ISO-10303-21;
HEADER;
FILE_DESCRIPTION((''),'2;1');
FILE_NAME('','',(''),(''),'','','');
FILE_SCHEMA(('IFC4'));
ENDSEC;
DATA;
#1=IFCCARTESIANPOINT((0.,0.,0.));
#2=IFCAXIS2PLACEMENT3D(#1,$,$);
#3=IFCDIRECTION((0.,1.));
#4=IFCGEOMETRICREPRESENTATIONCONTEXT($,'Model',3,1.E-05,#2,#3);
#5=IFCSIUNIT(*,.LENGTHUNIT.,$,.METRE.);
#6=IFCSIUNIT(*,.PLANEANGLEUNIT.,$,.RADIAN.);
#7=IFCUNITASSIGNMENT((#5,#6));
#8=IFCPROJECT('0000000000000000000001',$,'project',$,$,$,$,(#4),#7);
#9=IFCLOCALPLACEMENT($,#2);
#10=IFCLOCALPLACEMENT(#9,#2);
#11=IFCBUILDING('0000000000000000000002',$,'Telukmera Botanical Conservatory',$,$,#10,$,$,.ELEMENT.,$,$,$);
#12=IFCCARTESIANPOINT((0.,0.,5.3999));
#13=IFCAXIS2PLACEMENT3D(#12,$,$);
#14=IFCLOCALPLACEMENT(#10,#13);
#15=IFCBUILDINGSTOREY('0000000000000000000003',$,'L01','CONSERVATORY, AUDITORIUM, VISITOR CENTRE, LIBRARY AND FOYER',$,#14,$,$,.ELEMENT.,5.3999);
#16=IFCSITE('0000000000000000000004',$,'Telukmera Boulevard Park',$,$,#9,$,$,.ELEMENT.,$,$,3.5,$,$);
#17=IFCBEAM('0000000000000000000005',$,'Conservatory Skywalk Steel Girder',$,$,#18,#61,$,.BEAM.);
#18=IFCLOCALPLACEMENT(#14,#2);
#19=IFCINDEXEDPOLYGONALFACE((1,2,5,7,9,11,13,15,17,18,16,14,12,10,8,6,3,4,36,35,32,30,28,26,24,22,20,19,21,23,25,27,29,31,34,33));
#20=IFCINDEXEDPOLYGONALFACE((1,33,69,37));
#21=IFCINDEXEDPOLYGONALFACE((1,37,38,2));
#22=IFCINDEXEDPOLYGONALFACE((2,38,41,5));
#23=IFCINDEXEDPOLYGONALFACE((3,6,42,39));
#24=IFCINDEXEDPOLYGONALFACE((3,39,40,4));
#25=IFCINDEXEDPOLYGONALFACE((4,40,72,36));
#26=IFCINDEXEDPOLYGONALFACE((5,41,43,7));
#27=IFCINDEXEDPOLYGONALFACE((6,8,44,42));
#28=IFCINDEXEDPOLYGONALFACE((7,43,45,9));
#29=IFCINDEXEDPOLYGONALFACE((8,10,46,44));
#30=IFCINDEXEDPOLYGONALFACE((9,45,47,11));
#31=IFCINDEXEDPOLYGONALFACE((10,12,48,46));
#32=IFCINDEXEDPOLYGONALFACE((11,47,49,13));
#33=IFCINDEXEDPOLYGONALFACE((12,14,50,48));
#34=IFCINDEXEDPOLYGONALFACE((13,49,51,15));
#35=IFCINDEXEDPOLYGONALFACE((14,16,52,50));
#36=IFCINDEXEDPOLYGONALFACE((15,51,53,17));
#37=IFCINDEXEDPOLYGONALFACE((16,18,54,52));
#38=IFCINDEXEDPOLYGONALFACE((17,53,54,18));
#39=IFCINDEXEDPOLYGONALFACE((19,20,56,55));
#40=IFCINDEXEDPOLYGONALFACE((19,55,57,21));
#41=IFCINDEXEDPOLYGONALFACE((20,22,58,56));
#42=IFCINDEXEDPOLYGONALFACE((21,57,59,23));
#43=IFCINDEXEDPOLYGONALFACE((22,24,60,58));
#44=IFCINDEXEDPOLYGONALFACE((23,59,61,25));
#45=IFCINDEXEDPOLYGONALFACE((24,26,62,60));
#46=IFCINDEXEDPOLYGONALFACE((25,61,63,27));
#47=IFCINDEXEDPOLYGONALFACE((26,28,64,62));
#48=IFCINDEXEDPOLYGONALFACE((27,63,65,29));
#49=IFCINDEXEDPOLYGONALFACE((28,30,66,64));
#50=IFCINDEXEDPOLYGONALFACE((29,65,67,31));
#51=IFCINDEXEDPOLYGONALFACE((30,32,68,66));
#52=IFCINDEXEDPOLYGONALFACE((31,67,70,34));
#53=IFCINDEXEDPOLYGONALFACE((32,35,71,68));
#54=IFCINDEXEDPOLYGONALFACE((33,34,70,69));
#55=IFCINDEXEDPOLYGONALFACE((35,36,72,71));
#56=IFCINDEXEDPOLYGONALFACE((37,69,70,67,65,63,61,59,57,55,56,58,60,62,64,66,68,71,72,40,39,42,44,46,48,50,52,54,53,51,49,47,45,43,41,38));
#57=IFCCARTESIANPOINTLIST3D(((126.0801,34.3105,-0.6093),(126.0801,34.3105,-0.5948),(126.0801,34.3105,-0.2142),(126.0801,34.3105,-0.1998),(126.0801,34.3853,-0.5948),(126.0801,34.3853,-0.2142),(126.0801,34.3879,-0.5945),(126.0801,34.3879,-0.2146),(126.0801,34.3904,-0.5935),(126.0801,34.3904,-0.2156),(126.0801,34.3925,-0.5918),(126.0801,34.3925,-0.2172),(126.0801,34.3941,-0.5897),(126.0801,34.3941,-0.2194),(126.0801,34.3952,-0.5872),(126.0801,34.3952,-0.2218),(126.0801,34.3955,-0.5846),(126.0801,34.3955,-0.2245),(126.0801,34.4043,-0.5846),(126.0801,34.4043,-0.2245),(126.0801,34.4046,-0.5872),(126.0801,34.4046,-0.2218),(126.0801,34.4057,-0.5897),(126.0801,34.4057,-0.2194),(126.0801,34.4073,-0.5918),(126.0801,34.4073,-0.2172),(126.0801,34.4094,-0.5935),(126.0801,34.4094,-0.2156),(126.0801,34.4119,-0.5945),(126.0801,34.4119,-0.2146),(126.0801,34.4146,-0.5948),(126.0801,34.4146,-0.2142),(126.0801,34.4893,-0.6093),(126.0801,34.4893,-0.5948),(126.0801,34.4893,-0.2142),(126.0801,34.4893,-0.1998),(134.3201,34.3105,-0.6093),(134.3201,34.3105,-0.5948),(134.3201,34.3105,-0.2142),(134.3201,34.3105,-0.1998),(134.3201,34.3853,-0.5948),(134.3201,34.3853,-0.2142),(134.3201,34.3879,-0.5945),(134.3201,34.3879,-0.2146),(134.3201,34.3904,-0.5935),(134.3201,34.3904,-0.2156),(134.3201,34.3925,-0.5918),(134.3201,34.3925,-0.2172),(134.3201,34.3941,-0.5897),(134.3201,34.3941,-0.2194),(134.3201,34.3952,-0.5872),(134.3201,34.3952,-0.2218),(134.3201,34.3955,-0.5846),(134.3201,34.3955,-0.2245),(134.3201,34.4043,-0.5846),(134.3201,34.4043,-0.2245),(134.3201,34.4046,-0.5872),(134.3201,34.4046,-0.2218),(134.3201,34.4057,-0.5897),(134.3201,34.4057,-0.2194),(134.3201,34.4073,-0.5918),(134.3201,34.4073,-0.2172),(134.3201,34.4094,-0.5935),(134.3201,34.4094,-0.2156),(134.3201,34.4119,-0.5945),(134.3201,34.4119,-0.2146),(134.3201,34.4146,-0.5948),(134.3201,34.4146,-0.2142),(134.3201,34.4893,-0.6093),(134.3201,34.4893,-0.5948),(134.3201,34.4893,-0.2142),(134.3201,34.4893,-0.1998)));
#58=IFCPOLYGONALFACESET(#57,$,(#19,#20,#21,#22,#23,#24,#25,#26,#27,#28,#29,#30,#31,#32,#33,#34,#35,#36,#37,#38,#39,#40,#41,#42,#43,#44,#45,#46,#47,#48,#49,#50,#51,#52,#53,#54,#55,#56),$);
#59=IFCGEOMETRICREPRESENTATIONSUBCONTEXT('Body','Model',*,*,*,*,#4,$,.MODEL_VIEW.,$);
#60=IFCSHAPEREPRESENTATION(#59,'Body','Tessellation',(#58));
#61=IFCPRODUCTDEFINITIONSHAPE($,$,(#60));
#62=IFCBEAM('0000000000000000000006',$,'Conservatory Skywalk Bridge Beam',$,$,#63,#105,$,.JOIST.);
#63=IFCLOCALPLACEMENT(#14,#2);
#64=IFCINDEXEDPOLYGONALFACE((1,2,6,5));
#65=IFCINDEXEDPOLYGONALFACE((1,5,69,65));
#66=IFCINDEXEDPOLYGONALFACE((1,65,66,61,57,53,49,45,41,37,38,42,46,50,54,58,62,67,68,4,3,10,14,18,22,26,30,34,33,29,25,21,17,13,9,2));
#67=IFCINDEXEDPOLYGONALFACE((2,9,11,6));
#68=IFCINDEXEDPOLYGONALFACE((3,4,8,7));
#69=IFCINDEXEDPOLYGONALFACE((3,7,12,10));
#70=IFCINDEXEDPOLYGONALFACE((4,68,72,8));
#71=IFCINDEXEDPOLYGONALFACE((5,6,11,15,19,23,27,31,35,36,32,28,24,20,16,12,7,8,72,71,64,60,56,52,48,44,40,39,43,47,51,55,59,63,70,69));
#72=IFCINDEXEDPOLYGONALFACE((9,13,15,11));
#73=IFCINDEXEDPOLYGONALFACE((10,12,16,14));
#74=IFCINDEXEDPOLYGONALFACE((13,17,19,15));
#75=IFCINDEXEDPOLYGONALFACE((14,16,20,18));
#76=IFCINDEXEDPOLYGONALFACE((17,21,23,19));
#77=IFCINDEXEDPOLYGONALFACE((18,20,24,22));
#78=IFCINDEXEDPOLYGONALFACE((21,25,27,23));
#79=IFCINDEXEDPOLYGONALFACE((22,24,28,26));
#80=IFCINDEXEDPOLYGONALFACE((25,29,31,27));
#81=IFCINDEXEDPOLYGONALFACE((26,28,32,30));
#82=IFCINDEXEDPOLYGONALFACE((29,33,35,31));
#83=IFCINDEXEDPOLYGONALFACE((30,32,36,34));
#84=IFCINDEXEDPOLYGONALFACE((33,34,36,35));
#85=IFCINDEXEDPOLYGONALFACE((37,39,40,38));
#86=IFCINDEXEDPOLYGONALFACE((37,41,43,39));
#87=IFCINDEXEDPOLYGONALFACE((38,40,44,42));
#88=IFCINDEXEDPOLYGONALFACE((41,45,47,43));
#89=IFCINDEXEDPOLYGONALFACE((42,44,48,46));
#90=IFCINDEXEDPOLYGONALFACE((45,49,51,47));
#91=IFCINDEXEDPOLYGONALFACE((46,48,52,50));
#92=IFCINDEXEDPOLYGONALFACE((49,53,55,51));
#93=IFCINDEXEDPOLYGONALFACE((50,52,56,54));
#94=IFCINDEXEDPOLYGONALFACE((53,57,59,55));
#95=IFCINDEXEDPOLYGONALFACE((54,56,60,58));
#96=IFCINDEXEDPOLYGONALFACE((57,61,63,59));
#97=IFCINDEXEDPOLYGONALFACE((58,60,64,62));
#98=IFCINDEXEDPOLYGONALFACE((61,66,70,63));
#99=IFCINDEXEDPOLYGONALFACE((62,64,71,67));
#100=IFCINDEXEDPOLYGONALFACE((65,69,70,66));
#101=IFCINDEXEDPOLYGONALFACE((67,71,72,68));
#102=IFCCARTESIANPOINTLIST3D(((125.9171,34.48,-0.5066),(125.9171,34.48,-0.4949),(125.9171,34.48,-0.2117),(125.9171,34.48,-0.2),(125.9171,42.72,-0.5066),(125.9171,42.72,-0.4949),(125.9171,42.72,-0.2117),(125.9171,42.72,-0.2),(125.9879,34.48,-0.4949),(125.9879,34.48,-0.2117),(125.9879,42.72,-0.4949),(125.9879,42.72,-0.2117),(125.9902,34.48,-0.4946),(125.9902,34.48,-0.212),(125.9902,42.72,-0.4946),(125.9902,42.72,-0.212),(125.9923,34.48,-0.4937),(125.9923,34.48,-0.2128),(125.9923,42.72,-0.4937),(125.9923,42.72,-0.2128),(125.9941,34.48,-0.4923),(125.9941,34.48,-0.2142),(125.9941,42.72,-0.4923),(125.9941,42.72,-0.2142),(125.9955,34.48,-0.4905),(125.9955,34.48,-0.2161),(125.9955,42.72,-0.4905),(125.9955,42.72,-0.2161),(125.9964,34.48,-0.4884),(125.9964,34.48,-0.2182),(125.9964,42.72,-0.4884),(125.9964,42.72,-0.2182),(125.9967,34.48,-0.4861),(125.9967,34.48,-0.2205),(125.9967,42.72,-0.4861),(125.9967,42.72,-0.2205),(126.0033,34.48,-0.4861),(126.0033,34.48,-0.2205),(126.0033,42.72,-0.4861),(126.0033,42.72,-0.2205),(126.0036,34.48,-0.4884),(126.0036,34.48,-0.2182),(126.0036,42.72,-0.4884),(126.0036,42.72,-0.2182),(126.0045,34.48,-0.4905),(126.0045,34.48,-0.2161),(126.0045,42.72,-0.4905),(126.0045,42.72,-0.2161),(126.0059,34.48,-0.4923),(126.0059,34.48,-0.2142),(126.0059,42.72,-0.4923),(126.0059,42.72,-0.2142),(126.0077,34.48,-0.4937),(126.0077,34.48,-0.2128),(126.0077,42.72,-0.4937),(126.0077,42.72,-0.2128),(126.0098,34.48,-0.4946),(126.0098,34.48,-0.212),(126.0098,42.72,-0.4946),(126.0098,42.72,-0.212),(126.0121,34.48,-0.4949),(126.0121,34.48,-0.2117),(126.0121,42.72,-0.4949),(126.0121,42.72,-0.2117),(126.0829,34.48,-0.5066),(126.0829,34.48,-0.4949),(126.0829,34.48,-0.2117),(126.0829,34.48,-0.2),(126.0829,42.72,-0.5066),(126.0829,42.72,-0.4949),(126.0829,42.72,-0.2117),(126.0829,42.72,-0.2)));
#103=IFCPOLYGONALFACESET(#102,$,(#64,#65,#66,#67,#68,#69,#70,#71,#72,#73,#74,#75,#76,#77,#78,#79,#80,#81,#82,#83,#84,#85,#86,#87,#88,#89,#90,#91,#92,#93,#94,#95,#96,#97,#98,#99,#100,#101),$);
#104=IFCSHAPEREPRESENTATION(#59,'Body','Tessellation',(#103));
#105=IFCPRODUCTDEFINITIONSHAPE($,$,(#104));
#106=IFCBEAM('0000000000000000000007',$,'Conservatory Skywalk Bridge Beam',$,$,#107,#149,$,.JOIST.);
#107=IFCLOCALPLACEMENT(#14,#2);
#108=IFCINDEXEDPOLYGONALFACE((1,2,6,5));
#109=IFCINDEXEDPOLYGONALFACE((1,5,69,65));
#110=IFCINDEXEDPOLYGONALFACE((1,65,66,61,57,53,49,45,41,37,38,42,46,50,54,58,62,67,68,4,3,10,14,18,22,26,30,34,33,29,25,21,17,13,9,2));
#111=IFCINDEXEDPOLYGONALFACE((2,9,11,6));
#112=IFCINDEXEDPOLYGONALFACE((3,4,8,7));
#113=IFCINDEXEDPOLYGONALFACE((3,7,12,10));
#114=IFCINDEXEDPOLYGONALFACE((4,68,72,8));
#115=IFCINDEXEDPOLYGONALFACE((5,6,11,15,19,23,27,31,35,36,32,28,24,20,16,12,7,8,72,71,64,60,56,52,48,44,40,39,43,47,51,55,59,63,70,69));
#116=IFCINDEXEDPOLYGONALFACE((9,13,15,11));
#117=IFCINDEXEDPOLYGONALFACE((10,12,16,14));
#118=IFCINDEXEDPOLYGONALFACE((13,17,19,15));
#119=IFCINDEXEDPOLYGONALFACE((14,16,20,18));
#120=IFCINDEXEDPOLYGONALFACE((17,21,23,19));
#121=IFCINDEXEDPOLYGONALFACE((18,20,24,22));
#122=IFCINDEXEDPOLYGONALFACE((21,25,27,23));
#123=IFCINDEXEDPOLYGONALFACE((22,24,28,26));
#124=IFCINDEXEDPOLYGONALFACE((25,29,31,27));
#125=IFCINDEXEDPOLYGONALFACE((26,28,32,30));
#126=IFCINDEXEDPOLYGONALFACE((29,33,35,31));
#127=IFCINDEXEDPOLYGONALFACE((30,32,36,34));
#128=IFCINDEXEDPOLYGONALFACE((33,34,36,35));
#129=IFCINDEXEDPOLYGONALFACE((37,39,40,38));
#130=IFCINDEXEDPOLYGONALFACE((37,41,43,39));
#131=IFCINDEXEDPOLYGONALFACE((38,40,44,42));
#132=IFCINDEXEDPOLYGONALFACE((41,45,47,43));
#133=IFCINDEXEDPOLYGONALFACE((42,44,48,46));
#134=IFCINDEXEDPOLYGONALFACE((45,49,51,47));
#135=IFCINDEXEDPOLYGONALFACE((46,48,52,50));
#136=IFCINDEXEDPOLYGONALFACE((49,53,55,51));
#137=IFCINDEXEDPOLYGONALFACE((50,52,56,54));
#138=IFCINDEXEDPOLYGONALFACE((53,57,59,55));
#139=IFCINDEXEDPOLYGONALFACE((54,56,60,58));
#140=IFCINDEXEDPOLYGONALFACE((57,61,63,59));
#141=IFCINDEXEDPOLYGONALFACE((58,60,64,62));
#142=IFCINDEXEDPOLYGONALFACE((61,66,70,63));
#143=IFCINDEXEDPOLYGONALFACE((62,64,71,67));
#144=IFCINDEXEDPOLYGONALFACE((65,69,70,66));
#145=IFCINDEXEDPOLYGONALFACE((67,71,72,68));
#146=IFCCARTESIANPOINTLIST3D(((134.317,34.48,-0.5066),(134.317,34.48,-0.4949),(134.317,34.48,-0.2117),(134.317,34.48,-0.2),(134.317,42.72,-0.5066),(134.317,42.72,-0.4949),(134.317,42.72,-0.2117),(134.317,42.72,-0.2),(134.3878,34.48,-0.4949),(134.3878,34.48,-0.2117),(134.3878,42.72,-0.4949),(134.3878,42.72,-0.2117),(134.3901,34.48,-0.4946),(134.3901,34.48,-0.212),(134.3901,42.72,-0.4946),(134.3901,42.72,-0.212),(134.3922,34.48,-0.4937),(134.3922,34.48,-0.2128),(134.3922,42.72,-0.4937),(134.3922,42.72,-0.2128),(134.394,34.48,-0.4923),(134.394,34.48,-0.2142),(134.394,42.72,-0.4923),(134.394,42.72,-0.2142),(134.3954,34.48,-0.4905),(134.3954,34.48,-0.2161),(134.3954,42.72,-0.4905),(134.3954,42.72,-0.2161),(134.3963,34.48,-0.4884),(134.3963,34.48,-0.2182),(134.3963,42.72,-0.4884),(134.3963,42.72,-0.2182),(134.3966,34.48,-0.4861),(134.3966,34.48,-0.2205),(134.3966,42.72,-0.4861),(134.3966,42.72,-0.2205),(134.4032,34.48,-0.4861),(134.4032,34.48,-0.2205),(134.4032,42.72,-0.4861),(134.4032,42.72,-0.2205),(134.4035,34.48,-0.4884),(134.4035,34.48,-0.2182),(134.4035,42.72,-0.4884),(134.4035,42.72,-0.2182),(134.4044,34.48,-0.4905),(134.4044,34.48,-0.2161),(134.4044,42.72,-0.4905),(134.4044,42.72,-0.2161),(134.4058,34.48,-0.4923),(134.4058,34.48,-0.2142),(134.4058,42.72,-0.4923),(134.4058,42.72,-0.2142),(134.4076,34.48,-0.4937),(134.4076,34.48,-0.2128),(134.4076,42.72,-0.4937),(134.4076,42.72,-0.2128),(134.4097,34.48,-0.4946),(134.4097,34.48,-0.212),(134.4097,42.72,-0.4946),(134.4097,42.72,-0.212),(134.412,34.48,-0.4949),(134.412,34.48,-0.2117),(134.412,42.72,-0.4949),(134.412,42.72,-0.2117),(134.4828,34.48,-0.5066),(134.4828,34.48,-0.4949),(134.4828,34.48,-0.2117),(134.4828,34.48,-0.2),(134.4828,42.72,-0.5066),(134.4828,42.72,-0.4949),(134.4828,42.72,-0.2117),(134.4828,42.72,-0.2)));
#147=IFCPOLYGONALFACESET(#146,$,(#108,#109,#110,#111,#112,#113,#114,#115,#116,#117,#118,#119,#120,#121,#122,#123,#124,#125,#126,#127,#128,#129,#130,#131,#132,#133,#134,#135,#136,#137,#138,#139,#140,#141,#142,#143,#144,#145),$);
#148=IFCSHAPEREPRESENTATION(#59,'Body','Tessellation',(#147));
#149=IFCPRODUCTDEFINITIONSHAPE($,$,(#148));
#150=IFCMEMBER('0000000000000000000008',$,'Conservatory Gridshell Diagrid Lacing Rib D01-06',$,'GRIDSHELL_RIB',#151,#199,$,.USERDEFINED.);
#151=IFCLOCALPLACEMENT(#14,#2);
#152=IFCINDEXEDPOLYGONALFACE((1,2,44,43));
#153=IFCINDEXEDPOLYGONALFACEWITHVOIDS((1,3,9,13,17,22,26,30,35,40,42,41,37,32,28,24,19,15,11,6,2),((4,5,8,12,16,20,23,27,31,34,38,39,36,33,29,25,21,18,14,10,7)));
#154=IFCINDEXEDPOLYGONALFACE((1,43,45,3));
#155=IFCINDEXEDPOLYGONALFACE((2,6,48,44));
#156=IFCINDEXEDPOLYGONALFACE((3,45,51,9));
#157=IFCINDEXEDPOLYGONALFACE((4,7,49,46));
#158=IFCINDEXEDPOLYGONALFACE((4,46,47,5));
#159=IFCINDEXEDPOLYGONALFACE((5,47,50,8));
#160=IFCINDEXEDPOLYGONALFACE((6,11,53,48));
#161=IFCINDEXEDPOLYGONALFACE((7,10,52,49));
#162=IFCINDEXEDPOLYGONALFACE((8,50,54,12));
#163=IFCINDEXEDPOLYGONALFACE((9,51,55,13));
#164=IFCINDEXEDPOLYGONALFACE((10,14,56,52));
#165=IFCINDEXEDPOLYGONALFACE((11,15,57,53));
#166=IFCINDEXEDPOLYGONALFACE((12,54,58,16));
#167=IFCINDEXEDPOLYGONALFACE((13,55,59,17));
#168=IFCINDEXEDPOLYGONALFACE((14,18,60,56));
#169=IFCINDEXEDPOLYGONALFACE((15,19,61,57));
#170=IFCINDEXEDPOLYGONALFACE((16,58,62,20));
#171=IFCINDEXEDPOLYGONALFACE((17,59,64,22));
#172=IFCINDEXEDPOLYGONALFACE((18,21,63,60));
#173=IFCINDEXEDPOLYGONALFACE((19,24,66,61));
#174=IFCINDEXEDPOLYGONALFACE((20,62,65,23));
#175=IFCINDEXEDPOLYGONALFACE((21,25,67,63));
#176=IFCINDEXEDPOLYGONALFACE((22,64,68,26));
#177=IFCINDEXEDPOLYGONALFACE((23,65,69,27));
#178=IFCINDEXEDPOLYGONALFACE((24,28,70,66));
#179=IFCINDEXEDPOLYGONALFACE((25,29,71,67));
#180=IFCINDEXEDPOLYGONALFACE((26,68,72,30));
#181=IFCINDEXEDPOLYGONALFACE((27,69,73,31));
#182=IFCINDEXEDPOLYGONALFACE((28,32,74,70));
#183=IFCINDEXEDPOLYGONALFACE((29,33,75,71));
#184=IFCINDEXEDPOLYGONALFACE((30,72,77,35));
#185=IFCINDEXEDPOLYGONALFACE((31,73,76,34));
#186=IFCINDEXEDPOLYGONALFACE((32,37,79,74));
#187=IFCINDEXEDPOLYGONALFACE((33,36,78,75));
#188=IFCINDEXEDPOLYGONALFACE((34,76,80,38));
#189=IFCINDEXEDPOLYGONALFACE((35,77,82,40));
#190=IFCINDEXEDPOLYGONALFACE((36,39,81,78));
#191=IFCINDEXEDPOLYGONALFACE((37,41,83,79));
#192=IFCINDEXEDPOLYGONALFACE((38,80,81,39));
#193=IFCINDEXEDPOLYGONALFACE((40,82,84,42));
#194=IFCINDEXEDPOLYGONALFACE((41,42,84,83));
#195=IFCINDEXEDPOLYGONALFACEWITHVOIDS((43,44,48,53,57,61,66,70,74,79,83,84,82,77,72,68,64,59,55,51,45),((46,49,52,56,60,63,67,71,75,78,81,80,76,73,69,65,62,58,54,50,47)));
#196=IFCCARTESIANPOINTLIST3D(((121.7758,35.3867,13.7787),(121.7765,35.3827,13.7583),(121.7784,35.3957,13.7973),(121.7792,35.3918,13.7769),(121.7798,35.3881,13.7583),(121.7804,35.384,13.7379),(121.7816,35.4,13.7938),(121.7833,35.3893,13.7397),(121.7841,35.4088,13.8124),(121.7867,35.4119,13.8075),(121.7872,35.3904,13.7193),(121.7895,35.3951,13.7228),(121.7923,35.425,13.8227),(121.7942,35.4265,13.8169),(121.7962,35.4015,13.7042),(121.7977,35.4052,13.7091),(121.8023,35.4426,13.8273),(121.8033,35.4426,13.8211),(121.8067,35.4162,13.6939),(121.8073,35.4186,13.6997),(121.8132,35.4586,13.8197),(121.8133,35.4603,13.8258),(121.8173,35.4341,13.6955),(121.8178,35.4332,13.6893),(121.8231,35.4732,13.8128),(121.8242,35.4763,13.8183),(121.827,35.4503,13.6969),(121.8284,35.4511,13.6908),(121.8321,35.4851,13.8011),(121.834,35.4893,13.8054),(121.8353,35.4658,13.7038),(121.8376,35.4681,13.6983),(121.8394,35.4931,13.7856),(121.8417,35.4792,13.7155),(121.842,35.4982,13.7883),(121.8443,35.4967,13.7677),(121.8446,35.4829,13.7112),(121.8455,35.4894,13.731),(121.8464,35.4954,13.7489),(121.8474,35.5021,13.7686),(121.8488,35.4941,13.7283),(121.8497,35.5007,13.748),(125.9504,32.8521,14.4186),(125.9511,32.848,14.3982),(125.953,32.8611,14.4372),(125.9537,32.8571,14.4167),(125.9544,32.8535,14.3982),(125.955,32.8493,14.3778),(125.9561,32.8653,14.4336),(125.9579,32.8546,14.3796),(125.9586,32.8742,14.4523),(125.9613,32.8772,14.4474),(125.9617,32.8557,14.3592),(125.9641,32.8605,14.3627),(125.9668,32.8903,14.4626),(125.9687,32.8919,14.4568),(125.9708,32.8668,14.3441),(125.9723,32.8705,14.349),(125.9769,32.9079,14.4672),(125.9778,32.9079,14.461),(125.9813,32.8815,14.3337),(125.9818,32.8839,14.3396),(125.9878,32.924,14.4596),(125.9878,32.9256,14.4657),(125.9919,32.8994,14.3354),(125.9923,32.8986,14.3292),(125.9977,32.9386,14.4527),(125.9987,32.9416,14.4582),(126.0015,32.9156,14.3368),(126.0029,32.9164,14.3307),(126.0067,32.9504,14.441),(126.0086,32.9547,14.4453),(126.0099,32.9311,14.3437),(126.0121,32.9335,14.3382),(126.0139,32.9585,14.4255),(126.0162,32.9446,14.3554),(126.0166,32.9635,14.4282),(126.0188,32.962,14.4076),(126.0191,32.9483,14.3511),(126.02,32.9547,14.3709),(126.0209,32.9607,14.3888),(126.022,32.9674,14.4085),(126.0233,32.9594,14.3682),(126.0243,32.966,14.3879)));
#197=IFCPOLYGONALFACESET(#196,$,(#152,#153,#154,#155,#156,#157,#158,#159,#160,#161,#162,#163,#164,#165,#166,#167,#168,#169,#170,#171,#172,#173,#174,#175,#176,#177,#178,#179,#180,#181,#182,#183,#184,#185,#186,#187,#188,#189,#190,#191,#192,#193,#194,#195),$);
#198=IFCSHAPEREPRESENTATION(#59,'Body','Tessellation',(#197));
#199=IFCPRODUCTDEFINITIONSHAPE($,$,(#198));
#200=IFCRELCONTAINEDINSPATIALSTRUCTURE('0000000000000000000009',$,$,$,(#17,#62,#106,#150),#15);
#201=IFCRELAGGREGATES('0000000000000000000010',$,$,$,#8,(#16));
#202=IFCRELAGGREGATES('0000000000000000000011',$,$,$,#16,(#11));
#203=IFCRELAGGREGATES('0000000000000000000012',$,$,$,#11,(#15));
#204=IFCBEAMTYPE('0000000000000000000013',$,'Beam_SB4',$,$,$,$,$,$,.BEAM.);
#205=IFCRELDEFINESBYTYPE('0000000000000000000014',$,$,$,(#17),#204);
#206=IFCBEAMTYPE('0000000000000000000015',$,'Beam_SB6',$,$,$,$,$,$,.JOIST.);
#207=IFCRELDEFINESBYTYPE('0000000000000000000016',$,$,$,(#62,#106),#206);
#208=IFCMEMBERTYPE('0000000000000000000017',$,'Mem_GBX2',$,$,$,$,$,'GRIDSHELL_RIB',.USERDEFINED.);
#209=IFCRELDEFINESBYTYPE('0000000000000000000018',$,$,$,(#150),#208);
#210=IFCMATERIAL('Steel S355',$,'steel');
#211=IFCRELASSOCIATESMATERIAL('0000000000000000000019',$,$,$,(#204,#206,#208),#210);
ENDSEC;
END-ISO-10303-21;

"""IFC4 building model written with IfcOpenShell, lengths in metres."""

from ifc_helpers import new_model, si_unit, direction, frame, origin, origin_2d, place, context, subcontext, project, spatial, hollow_circle, i_section, extrude, material, material_profile, profile_set, type_object, element, save


model = new_model("IFC4")

# Units and contexts
model_context = context("Model", 3, precision=1e-05, world=origin(), true_north=direction((0.0, 1.0)))
body_context = subcontext(model_context, "Body", "Model", "MODEL_VIEW")
ifc_project = project(units=[si_unit("LENGTHUNIT", "METRE"), si_unit("PLANEANGLEUNIT", "RADIAN")], contexts=[model_context])

# Site, building, storey
site_placement = place(None, origin())
site = spatial("IfcSite", under=ifc_project, at=site_placement, Name="Telukmera Boulevard Park", CompositionType="ELEMENT", RefElevation=3.5)
building_placement = place(site_placement, origin())
building = spatial("IfcBuilding", under=site, at=building_placement, Name="Telukmera Botanical Conservatory", CompositionType="ELEMENT")
storey_placement = place(building_placement, frame((0.0, 0.0, 5.3999)))
storey = spatial("IfcBuildingStorey", under=building, at=storey_placement, Name="L01", Description="CONSERVATORY, AUDITORIUM, VISITOR CENTRE, LIBRARY AND FOYER", CompositionType="ELEMENT", Elevation=5.3999)

# Beams
ifc_material_1 = material(Name="Steel S355", Category="steel")
ifc_material_profile_1 = material_profile(ifc_material_1, i_section(OverallWidth=0.1787, OverallDepth=0.4094, WebThickness=0.0088, FlangeThickness=0.0144, FilletRadius=0.0103, at=origin_2d()), Name="UB 406x178x67")
ifc_profile_set_1 = profile_set([ifc_material_profile_1], Name="Steel S355")
beam_type_1 = type_object("IfcBeamType", Name="Beam_SB4", PredefinedType="BEAM", material=ifc_profile_set_1)
beam_1_placement = place(storey_placement, frame((126.0801, 34.3999, -0.4045), z_axis=(1.0, 0.0, 0.0), x_axis=(0.0, 1.0, 0.0)))
element("IfcBeam", 1, at=beam_1_placement, inside=storey, type_object=beam_type_1, Name="Conservatory Skywalk Steel Girder", PredefinedType="BEAM", context=body_context, shape_type="SweptSolid", body=[
    extrude(i_section(OverallWidth=0.1787, OverallDepth=0.4094, WebThickness=0.0088, FlangeThickness=0.0144, FilletRadius=0.0103, at=origin_2d()), origin(), (0.0, 0.0, 1.0), 8.24),
])
ifc_material_profile_2 = material_profile(ifc_material_1, i_section(OverallWidth=0.1658, OverallDepth=0.3066, WebThickness=0.0066, FlangeThickness=0.0117, FilletRadius=0.0088, at=origin_2d()), Name="UB 305x165x46")
ifc_profile_set_2 = profile_set([ifc_material_profile_2], Name="Steel S355")
beam_type_2 = type_object("IfcBeamType", Name="Beam_SB6", PredefinedType="JOIST", material=ifc_profile_set_2)
for number, where, z_axis, x_axis, name in (
    (2, (126.0, 34.48, -0.3533), (0.0, 1.0, 0.0), (-1.0, 0.0, 0.0), "Conservatory Skywalk Bridge Beam"),
    (3, (134.3999, 34.48, -0.3533), (0.0, 1.0, 0.0), (-1.0, 0.0, 0.0), "Conservatory Skywalk Bridge Beam"),
):
    element("IfcBeam", number, at=place(storey_placement, frame(where, z_axis=z_axis, x_axis=x_axis)), inside=storey, type_object=beam_type_2, Name=name, PredefinedType="JOIST", context=body_context, shape_type="SweptSolid", body=[
        extrude(i_section(OverallWidth=0.1658, OverallDepth=0.3066, WebThickness=0.0066, FlangeThickness=0.0117, FilletRadius=0.0088, at=origin_2d()), origin(), (0.0, 0.0, 1.0), 8.24),
    ])

# Member
ifc_material_profile_3 = material_profile(ifc_material_1, hollow_circle(Radius=0.0698, WallThickness=0.0063, at=origin_2d()), Name="CHS 139.7x6.3")
ifc_profile_set_3 = profile_set([ifc_material_profile_3], Name="Steel S355")
member_type_1 = type_object("IfcMemberType", Name="Mem_GBX2", ElementType="GRIDSHELL_RIB", PredefinedType="USERDEFINED", material=ifc_profile_set_3)
member_1_placement = place(storey_placement, frame((125.9873, 32.9077, 14.3982), z_axis=(-0.847533, 0.514597, -0.129913), x_axis=(-0.518995, -0.854777, 0.0)))
element("IfcMember", 4, at=member_1_placement, inside=storey, type_object=member_type_1, Name="Conservatory Gridshell Diagrid Lacing Rib D01-06", ObjectType="GRIDSHELL_RIB", PredefinedType="USERDEFINED", context=body_context, shape_type="SweptSolid", body=[
    extrude(hollow_circle(Radius=0.0698, WallThickness=0.0063, at=origin_2d()), origin(), (0.0, 0.0, 1.0), 4.9255),
])

save(model, "model.ifc")
